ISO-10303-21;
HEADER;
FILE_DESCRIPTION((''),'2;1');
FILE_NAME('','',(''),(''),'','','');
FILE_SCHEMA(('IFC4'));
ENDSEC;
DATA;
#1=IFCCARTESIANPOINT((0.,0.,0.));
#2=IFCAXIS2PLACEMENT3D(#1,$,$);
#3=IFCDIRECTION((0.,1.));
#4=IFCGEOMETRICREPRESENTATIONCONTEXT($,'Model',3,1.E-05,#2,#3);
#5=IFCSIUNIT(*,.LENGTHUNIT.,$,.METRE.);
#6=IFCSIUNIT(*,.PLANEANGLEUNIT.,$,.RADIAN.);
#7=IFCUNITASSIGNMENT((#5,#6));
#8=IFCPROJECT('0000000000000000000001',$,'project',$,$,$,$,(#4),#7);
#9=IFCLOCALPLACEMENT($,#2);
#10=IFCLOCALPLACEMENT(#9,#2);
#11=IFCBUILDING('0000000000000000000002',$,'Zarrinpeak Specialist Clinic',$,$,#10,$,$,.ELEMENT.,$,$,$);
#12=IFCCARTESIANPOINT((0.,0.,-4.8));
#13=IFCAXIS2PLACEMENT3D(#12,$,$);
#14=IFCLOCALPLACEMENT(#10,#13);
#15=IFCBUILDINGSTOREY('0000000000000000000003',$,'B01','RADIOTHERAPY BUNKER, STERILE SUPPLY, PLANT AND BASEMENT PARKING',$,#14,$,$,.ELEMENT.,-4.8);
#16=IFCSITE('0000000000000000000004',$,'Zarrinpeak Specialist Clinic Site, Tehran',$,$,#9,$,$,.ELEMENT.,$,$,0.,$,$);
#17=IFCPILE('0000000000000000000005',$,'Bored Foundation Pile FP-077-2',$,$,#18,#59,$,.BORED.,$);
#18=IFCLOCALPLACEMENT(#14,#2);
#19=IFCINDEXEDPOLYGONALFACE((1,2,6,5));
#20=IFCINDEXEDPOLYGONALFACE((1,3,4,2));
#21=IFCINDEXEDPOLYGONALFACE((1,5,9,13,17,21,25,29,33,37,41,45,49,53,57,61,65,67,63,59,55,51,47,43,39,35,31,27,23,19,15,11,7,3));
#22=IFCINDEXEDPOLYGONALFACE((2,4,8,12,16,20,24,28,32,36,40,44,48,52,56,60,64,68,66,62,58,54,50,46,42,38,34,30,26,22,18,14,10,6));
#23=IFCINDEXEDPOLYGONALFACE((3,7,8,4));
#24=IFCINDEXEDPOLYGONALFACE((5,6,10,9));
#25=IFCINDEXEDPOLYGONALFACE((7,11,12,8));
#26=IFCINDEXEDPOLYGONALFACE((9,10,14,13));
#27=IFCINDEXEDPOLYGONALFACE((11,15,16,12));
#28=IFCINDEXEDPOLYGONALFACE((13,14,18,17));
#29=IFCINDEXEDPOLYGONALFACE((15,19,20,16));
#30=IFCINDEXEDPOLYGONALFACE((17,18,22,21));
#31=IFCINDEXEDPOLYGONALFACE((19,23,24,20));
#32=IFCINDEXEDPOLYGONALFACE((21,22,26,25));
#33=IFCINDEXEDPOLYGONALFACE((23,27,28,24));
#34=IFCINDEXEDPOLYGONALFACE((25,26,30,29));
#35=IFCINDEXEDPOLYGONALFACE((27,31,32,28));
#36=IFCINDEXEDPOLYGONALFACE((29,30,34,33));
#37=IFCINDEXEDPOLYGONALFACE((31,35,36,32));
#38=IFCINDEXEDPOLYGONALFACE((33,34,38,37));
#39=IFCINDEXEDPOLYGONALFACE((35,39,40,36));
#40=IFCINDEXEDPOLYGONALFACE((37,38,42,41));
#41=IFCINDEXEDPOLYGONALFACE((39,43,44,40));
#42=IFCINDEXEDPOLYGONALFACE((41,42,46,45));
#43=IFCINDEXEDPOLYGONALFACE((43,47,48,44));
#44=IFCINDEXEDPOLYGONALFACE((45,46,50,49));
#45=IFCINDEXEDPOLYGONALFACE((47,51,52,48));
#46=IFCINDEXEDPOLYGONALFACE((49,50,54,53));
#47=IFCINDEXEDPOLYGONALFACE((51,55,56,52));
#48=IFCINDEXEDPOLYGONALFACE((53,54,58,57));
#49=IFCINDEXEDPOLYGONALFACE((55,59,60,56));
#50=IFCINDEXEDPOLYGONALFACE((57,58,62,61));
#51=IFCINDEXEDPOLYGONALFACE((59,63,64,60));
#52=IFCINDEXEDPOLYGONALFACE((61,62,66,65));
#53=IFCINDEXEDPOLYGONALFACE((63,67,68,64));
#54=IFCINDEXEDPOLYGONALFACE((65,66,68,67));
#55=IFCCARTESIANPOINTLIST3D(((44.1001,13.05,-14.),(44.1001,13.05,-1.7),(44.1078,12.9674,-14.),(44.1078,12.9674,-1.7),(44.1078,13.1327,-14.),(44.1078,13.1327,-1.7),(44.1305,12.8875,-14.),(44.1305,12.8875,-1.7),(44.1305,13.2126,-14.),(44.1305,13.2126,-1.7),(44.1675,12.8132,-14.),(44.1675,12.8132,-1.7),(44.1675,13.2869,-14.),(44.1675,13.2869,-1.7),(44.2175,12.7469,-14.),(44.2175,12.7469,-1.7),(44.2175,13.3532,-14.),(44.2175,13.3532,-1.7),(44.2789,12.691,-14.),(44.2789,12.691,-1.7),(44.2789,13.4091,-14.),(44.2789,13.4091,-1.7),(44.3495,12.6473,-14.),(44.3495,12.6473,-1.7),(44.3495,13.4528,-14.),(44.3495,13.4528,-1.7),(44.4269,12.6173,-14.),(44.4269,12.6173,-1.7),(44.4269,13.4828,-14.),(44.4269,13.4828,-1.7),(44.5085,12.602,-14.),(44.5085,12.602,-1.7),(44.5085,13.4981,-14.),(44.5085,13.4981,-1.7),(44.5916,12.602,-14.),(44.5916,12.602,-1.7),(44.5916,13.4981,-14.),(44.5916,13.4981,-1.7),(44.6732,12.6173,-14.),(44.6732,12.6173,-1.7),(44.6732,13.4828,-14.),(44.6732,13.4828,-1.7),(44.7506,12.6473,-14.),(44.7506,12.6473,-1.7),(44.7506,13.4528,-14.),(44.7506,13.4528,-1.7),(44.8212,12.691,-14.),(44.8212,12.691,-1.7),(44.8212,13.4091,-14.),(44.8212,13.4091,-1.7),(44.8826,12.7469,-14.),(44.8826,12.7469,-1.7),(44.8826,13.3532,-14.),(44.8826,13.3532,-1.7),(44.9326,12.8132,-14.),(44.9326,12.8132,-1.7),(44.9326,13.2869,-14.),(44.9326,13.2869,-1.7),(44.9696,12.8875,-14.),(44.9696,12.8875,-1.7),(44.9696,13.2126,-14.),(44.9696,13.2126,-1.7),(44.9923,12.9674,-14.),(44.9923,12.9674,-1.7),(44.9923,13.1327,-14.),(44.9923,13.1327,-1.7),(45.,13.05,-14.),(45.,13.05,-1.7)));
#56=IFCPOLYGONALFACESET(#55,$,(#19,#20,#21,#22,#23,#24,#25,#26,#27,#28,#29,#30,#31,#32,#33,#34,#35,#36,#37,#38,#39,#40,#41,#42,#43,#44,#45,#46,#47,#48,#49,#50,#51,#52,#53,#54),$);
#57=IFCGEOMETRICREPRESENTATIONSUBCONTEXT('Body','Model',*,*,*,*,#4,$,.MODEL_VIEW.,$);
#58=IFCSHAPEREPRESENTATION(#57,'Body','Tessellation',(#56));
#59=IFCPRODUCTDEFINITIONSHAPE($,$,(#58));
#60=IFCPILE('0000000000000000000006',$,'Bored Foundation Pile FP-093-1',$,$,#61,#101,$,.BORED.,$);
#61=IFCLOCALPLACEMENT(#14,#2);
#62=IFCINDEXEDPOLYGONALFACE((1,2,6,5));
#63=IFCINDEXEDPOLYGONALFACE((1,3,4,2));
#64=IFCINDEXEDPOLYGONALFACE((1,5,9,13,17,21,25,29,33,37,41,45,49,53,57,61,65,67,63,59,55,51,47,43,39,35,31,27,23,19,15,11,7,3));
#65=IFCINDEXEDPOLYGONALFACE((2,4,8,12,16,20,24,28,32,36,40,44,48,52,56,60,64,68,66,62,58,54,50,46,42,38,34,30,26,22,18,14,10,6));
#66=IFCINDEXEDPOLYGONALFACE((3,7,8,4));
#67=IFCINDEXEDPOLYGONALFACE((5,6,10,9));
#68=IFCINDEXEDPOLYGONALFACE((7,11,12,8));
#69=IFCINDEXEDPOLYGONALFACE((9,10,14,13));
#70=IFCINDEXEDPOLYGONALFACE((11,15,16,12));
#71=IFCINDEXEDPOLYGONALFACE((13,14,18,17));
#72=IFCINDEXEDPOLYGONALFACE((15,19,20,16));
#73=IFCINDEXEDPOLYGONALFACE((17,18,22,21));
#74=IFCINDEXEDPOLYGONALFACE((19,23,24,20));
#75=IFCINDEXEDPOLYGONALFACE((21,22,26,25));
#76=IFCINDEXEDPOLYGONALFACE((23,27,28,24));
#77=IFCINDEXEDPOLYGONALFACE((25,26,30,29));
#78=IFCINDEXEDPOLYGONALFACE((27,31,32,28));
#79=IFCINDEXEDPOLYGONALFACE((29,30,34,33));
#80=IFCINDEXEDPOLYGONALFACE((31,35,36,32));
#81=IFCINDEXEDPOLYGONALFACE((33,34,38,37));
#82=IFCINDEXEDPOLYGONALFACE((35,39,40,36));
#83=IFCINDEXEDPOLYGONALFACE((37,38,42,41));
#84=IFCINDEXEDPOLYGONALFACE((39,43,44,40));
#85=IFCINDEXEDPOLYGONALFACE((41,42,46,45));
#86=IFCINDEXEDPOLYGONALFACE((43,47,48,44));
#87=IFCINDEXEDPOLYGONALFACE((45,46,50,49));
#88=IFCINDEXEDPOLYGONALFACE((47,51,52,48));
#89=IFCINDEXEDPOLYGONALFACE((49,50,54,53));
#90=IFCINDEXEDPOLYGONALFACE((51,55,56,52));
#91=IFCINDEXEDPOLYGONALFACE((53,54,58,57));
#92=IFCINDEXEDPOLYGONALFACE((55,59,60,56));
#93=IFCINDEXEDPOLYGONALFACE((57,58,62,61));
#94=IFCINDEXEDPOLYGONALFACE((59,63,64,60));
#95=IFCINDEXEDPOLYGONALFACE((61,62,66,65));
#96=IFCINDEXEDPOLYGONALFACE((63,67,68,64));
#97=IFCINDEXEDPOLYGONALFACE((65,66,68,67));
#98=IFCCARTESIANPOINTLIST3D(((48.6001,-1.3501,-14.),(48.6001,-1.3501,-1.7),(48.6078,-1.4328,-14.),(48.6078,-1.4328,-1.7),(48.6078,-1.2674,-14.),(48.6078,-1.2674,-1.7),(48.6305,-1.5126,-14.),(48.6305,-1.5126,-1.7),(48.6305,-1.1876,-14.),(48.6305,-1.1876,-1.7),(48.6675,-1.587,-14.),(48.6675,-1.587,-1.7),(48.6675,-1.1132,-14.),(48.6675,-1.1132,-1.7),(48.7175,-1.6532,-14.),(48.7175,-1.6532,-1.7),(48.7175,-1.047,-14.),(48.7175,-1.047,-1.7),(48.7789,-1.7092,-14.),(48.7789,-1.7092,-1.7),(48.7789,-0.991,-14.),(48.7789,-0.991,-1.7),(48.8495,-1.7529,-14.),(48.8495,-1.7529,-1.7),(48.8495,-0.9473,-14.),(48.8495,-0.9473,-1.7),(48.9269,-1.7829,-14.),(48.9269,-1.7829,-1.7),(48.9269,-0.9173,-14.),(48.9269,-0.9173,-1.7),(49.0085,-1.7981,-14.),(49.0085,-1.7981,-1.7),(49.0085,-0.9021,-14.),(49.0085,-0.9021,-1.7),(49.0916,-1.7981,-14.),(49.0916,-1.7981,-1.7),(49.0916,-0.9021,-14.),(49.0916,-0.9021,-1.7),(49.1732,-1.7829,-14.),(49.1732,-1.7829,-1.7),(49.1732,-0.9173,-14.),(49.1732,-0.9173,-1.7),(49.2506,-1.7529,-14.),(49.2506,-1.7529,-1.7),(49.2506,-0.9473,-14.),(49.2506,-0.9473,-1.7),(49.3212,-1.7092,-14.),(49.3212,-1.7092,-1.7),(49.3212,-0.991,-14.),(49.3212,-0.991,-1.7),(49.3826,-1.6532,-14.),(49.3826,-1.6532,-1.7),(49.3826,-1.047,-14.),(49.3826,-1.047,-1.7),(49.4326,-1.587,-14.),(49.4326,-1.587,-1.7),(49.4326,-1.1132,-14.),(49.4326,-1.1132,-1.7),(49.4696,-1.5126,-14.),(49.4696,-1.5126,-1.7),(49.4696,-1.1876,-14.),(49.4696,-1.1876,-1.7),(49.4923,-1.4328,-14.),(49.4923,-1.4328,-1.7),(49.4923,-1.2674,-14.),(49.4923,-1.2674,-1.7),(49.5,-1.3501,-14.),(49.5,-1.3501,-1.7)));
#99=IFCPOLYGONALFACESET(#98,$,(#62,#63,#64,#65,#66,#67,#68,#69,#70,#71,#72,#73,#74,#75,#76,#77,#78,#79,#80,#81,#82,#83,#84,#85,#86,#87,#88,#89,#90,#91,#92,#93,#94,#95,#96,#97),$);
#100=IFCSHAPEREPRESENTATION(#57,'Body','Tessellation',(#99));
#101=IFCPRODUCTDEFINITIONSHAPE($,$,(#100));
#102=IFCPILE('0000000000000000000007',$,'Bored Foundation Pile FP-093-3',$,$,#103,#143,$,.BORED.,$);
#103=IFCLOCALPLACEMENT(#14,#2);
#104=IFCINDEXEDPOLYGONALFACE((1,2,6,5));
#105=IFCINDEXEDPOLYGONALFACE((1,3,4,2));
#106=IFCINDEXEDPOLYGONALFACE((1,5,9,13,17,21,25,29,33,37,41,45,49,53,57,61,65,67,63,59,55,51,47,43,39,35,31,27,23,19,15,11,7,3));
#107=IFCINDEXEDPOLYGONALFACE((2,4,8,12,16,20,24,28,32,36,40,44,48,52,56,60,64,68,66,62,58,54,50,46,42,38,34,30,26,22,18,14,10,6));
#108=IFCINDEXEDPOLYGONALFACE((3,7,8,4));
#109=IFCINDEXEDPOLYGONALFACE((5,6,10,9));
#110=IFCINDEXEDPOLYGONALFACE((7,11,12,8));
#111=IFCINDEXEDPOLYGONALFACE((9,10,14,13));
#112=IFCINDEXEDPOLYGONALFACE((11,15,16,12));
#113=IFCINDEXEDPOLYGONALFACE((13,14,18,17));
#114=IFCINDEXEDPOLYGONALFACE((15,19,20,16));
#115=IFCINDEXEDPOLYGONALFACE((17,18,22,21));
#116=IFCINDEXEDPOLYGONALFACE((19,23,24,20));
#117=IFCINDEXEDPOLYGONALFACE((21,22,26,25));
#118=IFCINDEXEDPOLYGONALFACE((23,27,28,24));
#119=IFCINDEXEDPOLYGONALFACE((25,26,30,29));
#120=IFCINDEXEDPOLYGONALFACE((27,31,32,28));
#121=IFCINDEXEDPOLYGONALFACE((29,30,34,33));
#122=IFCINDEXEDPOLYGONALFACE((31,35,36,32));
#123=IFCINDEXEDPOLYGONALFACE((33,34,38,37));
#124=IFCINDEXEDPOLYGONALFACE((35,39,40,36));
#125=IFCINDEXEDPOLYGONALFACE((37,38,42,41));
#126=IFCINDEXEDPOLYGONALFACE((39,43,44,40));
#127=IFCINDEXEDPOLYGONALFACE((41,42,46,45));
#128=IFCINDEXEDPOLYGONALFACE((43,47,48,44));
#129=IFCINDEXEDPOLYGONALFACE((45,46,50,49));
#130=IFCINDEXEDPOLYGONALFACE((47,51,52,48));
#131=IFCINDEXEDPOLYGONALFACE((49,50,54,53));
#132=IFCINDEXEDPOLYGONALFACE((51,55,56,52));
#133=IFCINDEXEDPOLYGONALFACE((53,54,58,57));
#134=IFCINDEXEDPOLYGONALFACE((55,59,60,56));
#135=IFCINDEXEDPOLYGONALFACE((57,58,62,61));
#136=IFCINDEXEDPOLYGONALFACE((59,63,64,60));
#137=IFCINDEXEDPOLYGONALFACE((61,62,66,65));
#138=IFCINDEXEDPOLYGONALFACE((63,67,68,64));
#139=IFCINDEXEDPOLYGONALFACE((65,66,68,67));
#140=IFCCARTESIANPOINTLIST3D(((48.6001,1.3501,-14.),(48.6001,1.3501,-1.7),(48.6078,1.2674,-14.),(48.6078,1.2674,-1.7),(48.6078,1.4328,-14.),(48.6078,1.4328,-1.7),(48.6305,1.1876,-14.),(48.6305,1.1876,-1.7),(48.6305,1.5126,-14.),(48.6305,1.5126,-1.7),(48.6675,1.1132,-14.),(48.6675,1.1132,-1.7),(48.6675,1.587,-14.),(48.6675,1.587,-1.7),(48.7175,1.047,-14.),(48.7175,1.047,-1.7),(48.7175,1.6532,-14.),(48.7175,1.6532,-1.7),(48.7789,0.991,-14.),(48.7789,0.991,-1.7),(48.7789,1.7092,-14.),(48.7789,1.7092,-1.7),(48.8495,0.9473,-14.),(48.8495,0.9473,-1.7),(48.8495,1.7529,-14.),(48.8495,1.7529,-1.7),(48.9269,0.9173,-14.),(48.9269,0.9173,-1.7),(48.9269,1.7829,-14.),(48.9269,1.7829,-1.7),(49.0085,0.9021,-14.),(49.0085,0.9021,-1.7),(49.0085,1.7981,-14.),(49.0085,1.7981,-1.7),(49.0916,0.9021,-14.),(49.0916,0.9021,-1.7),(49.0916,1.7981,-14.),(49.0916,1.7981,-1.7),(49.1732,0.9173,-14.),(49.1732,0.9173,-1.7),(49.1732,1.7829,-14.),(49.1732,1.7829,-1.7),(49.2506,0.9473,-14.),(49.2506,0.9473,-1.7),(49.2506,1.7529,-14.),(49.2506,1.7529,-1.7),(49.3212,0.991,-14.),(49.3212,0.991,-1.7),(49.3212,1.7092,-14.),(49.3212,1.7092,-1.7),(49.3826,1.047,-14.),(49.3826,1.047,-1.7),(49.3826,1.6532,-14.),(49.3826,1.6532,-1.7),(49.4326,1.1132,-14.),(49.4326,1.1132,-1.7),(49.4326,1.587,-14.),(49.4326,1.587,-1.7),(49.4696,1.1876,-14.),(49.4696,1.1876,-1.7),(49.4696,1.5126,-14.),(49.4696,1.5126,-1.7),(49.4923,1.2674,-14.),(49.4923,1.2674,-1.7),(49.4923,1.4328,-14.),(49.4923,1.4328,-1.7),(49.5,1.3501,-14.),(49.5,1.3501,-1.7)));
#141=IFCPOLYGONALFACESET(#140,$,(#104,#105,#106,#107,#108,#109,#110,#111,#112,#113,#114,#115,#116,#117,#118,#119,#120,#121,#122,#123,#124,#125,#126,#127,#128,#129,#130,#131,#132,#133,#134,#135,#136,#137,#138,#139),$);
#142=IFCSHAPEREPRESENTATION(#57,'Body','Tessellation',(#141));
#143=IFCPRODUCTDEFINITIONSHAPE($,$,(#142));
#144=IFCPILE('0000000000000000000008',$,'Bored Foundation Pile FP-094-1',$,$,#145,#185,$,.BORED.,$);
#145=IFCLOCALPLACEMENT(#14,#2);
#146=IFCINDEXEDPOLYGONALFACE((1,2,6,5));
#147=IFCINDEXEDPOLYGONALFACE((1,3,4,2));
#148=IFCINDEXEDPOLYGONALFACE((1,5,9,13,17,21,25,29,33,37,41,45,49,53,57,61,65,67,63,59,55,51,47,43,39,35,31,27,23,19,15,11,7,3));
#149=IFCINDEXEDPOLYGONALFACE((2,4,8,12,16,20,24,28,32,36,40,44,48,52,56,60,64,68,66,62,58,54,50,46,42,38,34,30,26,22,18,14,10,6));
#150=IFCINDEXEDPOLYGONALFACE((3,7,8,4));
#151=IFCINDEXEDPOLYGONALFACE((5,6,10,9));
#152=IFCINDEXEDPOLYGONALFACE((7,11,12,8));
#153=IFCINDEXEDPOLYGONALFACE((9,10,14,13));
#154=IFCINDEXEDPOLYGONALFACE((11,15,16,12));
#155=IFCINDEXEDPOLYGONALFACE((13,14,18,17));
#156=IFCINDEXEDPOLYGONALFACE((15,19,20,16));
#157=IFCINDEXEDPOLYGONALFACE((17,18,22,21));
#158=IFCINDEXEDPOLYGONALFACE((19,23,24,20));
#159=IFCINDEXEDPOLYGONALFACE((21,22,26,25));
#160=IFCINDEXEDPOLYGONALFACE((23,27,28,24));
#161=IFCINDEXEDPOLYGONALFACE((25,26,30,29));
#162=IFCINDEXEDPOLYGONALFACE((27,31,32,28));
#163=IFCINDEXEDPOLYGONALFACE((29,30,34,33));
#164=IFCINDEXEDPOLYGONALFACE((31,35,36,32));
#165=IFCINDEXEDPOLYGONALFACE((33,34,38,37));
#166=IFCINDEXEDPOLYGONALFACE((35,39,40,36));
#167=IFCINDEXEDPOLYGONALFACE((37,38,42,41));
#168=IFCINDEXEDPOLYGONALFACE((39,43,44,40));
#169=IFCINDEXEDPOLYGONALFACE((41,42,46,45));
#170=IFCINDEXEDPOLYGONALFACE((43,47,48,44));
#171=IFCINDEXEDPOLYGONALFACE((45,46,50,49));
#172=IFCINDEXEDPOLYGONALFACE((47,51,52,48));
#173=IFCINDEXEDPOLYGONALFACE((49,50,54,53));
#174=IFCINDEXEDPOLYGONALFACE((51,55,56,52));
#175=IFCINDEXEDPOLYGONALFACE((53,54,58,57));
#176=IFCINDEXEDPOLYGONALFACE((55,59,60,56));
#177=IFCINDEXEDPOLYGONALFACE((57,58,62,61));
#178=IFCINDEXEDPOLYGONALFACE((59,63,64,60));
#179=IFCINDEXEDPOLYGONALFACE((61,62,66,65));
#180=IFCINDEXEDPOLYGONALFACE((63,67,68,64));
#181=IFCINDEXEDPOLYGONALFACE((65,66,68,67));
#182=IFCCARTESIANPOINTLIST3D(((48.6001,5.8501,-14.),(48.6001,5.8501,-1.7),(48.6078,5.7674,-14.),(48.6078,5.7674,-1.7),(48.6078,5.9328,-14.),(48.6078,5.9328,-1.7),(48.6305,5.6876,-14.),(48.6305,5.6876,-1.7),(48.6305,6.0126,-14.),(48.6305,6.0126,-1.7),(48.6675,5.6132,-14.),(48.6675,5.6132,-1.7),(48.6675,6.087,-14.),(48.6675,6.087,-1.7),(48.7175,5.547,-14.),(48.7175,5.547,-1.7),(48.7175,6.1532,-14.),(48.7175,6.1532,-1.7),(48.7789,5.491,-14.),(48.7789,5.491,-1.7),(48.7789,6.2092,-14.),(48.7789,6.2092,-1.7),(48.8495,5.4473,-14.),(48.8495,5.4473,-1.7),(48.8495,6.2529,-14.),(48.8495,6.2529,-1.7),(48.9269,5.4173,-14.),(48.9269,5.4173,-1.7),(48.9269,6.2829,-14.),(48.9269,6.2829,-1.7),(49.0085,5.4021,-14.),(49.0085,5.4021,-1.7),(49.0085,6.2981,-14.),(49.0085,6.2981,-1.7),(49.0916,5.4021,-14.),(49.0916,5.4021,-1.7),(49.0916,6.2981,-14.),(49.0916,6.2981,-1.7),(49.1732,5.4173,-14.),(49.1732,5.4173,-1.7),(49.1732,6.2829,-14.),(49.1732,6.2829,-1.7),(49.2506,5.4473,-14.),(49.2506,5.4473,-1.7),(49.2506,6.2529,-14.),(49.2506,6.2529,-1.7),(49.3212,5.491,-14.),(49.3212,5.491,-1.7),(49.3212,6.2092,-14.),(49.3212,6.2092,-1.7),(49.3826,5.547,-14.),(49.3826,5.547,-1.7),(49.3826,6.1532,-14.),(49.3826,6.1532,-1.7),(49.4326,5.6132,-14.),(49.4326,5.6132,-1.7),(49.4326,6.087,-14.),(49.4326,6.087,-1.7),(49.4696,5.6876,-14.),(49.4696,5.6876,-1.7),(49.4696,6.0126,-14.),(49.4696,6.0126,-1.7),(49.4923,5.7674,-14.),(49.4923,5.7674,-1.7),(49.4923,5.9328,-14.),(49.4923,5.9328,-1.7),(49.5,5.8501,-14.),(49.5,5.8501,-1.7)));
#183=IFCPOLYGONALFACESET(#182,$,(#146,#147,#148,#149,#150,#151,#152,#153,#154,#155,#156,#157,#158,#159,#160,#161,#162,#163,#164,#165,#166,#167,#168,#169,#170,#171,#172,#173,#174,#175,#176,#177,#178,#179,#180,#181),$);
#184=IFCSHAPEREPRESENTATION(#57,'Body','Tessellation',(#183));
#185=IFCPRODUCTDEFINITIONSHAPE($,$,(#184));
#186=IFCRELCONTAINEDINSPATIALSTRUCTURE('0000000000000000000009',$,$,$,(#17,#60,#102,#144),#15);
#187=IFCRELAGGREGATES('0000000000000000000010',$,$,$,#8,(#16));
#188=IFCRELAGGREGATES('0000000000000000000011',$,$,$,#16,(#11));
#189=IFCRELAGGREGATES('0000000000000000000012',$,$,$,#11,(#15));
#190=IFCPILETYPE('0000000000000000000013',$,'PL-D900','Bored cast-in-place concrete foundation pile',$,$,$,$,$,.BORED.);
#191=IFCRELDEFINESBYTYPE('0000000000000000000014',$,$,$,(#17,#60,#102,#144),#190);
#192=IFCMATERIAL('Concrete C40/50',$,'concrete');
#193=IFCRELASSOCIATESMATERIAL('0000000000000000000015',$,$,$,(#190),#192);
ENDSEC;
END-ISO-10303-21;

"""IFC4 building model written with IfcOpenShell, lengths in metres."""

from ifc_helpers import new_model, si_unit, direction, frame, origin, origin_2d, place, context, subcontext, project, spatial, circle, extrude, material, material_profile, profile_set, type_object, element, save


model = new_model("IFC4")

# Units and contexts
model_context = context("Model", 3, precision=1e-05, world=origin(), true_north=direction((0.0, 1.0)))
body_context = subcontext(model_context, "Body", "Model", "MODEL_VIEW")
ifc_project = project(units=[si_unit("LENGTHUNIT", "METRE"), si_unit("PLANEANGLEUNIT", "RADIAN")], contexts=[model_context])

# Site, building, storey
site_placement = place(None, origin())
site = spatial("IfcSite", under=ifc_project, at=site_placement, Name="Zarrinpeak Specialist Clinic Site, Tehran", CompositionType="ELEMENT", RefElevation=0.0)
building_placement = place(site_placement, origin())
building = spatial("IfcBuilding", under=site, at=building_placement, Name="Zarrinpeak Specialist Clinic", CompositionType="ELEMENT")
storey_placement = place(building_placement, frame((0.0, 0.0, -4.8)))
storey = spatial("IfcBuildingStorey", under=building, at=storey_placement, Name="B01", Description="RADIOTHERAPY BUNKER, STERILE SUPPLY, PLANT AND BASEMENT PARKING", CompositionType="ELEMENT", Elevation=-4.8)

# Shared definitions
ifc_material_1 = material(Name="Concrete C40/50", Category="concrete")

# Piles
ifc_material_profile_1 = material_profile(ifc_material_1, circle(Radius=0.45, at=origin_2d()), Name="BORED PILE D900")
ifc_profile_set_1 = profile_set([ifc_material_profile_1], Name="Concrete C40/50")
pile_type = type_object("IfcPileType", Name="PL-D900", Description="Bored cast-in-place concrete foundation pile", PredefinedType="BORED", material=ifc_profile_set_1)
for number, where, z_axis, x_axis, name in (
    (1, (44.55, 13.05, -1.7), (0.0, 0.0, -1.0), (1.0, 0.0, 0.0), "Bored Foundation Pile FP-077-2"),
    (2, (49.05, -1.3501, -1.7), (0.0, 0.0, -1.0), (1.0, 0.0, 0.0), "Bored Foundation Pile FP-093-1"),
    (3, (49.05, 1.3501, -1.7), (0.0, 0.0, -1.0), (1.0, 0.0, 0.0), "Bored Foundation Pile FP-093-3"),
    (4, (49.05, 5.8501, -1.7), (0.0, 0.0, -1.0), (1.0, 0.0, 0.0), "Bored Foundation Pile FP-094-1"),
):
    element("IfcPile", number, at=place(storey_placement, frame(where, z_axis=z_axis, x_axis=x_axis)), inside=storey, type_object=pile_type, Name=name, PredefinedType="BORED", context=body_context, shape_type="SweptSolid", body=[
        extrude(circle(Radius=0.45, at=origin_2d()), origin(), (0.0, 0.0, 1.0), 12.3),
    ])

save(model, "model.ifc")
